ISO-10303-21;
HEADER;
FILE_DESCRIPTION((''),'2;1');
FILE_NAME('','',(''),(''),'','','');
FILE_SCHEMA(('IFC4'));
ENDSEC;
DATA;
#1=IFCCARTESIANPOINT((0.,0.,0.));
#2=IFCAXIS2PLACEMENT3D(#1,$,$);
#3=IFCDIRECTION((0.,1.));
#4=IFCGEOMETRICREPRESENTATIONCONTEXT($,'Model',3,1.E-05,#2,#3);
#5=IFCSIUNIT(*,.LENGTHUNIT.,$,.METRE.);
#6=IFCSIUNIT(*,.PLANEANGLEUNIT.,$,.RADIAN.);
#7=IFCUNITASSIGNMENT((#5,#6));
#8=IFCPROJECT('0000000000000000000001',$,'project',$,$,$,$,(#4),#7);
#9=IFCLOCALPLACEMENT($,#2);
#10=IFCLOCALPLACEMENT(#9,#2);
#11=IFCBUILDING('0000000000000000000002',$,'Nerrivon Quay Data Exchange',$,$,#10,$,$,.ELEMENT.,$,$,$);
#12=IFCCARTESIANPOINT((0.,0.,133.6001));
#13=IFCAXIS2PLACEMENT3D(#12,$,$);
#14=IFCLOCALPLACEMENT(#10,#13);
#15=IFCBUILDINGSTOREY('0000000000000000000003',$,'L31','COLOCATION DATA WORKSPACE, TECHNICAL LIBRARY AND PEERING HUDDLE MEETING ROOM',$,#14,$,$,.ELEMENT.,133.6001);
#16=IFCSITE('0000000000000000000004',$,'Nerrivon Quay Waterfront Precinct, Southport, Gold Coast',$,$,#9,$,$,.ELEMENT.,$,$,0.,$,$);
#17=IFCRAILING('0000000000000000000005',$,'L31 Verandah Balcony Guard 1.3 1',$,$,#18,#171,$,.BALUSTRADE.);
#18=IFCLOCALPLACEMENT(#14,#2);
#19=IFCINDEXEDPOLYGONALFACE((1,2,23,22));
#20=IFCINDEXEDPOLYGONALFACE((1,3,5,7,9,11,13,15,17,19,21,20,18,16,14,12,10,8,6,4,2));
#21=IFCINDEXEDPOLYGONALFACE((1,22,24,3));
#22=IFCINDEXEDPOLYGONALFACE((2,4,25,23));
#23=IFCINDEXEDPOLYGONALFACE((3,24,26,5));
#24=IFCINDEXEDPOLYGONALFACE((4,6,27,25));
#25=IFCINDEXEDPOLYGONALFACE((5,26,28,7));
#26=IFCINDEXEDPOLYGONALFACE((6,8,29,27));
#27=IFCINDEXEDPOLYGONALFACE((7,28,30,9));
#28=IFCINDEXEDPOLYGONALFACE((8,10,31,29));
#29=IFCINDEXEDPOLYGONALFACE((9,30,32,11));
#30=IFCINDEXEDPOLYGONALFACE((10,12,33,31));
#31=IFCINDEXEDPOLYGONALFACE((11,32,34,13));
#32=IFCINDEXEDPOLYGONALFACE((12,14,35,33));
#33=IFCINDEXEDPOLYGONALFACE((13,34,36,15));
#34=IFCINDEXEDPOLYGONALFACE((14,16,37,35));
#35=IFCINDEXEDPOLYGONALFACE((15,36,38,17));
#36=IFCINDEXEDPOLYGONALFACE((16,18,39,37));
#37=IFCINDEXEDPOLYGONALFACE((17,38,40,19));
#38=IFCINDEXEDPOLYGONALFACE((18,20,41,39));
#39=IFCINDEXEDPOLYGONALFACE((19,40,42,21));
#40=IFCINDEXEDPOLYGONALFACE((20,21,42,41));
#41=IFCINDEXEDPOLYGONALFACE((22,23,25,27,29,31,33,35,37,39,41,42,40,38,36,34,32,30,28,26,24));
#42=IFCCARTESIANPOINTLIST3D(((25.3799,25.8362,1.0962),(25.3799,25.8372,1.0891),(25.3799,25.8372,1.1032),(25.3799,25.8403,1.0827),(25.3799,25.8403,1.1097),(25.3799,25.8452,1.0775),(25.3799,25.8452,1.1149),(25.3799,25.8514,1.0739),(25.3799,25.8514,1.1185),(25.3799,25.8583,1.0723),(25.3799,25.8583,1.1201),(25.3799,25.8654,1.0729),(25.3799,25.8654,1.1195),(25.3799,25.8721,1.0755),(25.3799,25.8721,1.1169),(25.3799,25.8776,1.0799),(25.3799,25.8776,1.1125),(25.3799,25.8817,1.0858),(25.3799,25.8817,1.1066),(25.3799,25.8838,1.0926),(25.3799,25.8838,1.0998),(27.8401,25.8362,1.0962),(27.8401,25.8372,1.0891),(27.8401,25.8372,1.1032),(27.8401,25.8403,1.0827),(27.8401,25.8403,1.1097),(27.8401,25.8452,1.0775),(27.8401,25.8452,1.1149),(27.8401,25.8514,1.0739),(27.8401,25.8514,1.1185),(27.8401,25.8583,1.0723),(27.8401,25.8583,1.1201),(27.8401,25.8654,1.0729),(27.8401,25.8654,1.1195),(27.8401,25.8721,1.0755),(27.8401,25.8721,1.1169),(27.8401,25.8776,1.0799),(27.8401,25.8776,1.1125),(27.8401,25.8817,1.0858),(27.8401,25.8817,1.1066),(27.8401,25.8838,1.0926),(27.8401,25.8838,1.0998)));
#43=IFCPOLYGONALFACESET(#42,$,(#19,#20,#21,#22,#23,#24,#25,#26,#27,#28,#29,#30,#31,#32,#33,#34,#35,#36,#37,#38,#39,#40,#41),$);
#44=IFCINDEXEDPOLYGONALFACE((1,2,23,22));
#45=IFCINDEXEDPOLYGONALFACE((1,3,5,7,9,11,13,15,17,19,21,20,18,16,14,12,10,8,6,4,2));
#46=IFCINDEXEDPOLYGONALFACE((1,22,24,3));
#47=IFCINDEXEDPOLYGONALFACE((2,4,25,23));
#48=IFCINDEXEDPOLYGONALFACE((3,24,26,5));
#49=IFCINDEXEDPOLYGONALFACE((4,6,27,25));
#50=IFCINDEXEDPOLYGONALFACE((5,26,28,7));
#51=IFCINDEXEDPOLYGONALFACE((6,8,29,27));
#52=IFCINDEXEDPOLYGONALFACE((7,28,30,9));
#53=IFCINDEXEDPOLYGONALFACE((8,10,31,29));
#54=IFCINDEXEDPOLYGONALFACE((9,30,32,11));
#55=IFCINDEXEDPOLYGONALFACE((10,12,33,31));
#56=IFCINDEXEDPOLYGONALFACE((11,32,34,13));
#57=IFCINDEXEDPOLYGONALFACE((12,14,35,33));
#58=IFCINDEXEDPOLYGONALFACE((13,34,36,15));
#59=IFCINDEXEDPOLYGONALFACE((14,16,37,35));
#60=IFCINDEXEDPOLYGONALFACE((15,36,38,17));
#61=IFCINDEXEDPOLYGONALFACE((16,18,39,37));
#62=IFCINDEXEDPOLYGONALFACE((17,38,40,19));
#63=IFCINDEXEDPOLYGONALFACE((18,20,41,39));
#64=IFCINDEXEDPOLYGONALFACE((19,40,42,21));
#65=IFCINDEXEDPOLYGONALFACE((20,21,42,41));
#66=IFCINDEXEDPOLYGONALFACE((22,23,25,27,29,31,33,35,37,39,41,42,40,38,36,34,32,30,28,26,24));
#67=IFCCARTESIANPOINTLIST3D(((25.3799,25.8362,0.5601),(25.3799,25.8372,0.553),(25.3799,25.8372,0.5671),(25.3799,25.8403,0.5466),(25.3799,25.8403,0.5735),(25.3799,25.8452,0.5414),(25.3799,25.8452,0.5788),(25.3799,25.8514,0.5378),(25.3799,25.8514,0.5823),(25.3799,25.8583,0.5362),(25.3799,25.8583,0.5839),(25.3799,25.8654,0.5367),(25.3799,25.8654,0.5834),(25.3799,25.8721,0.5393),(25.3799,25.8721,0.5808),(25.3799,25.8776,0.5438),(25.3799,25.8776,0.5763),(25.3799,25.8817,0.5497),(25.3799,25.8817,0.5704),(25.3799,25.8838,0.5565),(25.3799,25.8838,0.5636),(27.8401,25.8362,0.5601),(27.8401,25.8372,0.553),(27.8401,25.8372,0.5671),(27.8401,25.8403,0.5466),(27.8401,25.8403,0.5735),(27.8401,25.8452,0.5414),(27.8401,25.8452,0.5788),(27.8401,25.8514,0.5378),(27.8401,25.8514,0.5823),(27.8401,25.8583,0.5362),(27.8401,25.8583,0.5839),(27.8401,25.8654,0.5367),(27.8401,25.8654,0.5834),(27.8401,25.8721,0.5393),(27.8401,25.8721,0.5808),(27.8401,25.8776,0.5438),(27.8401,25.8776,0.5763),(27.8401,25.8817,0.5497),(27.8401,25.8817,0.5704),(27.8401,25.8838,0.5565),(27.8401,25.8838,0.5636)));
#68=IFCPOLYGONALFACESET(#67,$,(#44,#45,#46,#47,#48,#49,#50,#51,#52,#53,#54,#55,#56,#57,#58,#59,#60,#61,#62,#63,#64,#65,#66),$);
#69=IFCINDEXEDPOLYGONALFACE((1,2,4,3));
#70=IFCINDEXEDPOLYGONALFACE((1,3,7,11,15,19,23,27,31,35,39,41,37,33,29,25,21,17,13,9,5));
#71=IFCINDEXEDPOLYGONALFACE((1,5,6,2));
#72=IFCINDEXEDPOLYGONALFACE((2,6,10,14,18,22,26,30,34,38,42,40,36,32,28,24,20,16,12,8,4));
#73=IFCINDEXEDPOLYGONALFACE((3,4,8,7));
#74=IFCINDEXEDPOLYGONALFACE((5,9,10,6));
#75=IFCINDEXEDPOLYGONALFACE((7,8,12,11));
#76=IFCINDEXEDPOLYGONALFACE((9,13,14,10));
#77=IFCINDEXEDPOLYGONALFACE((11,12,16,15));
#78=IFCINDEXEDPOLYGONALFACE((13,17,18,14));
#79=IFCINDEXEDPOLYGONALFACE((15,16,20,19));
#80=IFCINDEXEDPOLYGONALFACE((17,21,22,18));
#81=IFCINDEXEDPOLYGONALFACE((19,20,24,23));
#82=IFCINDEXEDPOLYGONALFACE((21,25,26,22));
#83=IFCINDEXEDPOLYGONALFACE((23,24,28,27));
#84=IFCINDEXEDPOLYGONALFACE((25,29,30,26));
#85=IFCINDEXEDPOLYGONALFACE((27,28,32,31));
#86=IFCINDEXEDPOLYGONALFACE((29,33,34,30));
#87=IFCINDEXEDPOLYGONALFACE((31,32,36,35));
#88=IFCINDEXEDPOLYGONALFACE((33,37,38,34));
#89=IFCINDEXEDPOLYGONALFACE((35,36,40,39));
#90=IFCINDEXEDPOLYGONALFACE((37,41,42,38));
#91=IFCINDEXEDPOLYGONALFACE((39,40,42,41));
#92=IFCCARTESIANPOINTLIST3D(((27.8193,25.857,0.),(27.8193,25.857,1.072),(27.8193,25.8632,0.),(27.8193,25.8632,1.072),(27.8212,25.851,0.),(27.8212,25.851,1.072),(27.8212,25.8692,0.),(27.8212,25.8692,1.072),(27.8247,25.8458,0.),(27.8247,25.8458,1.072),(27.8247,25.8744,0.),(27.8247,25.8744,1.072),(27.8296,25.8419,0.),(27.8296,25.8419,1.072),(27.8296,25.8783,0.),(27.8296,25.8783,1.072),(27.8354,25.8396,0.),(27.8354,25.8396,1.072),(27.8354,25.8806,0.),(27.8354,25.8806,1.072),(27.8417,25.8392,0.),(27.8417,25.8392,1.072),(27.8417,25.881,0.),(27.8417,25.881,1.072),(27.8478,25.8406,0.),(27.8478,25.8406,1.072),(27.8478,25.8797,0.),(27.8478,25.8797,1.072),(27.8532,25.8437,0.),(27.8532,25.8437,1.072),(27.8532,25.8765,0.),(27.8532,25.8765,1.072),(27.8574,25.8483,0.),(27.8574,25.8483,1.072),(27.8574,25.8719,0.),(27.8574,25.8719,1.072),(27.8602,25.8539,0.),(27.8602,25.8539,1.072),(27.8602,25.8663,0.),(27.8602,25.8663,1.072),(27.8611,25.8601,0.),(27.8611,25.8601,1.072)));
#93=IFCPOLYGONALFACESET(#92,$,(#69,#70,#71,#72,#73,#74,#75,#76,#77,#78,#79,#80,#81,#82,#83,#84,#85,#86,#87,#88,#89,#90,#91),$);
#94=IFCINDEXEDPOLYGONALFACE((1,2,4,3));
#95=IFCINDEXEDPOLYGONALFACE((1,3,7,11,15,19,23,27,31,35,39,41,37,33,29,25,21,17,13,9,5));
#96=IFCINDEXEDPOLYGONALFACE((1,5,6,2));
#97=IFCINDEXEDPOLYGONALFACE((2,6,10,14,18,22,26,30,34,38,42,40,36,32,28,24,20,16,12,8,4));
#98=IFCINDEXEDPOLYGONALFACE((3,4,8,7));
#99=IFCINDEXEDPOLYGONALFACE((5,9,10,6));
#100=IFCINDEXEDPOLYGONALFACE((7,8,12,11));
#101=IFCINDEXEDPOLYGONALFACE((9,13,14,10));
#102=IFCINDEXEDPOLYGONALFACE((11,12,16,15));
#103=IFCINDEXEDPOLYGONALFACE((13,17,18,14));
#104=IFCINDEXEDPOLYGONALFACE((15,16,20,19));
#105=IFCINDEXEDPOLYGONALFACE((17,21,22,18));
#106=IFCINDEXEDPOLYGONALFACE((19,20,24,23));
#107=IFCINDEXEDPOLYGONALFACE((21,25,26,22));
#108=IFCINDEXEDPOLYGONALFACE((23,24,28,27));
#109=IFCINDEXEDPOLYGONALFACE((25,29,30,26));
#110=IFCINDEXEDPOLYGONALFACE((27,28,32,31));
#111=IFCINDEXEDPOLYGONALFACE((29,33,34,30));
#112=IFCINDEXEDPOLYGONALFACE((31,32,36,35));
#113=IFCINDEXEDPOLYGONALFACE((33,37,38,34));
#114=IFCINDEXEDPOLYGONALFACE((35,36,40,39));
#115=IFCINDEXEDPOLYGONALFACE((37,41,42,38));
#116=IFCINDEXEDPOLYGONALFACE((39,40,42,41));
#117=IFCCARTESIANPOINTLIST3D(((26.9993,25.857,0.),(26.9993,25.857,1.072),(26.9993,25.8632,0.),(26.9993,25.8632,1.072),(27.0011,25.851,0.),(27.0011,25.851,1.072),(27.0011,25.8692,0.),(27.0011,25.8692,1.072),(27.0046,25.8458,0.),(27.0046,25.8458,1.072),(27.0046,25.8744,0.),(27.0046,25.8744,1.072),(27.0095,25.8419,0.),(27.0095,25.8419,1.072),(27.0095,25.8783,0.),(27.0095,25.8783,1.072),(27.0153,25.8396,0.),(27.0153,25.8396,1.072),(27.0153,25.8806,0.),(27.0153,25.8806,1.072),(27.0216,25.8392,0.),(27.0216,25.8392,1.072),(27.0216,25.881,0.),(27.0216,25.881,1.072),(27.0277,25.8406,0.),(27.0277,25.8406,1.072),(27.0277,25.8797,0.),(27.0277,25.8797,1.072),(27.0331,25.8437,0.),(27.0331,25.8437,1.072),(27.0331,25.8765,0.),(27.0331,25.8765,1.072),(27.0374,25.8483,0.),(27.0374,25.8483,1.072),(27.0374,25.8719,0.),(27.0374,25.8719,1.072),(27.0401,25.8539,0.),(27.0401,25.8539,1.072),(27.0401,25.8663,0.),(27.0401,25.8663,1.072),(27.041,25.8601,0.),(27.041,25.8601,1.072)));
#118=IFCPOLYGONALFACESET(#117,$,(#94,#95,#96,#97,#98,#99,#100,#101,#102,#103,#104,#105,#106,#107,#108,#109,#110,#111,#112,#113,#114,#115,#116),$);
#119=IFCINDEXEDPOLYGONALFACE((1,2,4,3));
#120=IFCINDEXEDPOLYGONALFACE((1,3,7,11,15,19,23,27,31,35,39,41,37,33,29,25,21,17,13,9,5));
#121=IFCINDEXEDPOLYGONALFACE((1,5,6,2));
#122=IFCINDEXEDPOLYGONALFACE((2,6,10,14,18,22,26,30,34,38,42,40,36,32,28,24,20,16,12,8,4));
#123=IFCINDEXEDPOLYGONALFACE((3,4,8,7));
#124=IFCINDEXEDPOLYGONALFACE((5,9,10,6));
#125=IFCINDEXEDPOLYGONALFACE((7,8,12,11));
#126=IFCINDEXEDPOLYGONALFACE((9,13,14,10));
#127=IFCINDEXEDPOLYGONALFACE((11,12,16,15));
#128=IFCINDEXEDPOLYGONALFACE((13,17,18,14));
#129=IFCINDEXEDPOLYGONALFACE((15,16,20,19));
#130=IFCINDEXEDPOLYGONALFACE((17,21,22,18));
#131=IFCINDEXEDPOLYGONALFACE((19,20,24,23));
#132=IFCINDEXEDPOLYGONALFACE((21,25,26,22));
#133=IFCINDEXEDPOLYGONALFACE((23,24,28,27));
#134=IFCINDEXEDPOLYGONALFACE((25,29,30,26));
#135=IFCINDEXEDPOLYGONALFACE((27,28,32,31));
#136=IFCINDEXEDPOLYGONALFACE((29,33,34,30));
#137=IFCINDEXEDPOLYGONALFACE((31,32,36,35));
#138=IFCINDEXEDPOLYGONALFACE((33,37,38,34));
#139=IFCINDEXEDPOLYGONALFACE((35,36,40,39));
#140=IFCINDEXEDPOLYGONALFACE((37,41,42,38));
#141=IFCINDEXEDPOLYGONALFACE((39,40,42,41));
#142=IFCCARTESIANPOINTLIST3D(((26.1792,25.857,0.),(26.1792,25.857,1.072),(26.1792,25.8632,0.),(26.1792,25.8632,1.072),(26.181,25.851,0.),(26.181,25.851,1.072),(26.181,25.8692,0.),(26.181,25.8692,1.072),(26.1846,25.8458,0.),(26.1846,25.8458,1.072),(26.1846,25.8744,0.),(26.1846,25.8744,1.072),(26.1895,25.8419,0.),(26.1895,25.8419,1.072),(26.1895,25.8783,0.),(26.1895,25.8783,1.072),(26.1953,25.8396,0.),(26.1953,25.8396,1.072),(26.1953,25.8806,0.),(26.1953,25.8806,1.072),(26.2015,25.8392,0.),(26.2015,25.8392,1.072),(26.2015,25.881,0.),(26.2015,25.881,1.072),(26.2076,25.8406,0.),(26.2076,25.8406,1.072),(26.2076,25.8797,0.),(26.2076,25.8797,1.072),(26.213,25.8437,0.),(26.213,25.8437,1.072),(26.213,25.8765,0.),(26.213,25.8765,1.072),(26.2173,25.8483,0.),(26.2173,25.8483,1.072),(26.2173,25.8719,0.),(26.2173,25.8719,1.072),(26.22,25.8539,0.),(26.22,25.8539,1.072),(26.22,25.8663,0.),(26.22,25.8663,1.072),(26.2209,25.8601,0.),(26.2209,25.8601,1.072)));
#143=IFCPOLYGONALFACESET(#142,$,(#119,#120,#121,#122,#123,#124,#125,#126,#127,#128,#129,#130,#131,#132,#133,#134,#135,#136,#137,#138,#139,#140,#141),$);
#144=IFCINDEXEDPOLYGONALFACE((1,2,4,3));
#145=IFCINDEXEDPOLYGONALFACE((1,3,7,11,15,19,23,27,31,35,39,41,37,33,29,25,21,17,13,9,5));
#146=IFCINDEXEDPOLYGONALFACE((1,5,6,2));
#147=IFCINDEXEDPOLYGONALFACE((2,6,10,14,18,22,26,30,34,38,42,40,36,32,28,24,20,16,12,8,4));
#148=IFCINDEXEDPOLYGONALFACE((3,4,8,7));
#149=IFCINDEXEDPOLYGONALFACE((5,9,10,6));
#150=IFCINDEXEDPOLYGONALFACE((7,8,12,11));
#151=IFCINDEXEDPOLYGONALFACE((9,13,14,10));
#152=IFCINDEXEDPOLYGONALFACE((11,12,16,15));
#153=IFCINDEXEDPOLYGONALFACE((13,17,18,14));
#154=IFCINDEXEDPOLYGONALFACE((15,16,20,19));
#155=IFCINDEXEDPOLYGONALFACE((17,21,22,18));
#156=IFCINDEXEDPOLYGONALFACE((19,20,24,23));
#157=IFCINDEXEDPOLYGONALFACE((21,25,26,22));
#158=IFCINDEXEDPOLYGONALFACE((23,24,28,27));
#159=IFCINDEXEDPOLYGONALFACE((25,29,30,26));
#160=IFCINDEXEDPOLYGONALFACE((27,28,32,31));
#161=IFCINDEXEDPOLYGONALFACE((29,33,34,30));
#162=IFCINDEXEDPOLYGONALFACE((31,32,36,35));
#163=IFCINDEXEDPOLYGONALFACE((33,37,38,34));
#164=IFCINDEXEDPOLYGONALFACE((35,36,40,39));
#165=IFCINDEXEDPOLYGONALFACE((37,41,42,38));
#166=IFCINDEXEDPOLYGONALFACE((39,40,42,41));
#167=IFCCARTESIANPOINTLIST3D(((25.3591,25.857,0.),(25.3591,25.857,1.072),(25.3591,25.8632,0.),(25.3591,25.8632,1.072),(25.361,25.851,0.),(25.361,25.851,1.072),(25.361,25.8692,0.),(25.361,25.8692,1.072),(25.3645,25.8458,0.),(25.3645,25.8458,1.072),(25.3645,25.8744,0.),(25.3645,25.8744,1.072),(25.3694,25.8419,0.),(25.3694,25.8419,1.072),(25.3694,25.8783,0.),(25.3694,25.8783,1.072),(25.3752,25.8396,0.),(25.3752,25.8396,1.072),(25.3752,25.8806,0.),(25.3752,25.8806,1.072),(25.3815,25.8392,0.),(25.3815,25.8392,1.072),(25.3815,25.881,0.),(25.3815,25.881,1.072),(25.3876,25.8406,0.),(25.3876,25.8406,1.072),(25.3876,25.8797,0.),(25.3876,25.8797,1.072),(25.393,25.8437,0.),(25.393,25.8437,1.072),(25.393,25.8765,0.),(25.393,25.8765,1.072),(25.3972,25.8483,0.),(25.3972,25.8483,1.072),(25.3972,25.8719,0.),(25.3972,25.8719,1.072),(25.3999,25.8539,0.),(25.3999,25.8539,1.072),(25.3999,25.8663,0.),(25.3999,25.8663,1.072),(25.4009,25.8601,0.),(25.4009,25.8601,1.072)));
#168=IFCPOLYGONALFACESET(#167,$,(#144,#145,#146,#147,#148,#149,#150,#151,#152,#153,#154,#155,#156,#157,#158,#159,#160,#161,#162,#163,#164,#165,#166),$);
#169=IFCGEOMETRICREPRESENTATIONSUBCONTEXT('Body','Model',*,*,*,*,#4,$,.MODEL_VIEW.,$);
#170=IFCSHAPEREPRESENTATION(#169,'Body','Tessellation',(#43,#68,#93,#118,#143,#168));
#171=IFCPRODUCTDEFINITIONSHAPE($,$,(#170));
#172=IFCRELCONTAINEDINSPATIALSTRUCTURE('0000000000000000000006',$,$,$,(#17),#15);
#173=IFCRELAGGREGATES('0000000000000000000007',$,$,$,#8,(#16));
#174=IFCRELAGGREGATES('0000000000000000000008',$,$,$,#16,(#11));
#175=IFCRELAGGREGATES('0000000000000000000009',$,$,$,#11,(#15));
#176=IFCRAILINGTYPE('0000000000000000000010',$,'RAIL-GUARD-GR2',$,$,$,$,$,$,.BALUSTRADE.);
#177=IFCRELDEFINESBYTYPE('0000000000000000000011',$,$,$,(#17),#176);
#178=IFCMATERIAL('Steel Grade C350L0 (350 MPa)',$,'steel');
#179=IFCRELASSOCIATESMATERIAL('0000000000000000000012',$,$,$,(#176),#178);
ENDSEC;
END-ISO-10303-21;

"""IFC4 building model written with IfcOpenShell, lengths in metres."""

from ifc_helpers import new_model, si_unit, direction, frame, origin, origin_2d, place, context, subcontext, project, spatial, circle, extrude, material, type_object, element, save


model = new_model("IFC4")

# Units and contexts
model_context = context("Model", 3, precision=1e-05, world=origin(), true_north=direction((0.0, 1.0)))
body_context = subcontext(model_context, "Body", "Model", "MODEL_VIEW")
ifc_project = project(units=[si_unit("LENGTHUNIT", "METRE"), si_unit("PLANEANGLEUNIT", "RADIAN")], contexts=[model_context])

# Site, building, storey
site_placement = place(None, origin())
site = spatial("IfcSite", under=ifc_project, at=site_placement, Name="Nerrivon Quay Waterfront Precinct, Southport, Gold Coast", CompositionType="ELEMENT", RefElevation=0.0)
building_placement = place(site_placement, origin())
building = spatial("IfcBuilding", under=site, at=building_placement, Name="Nerrivon Quay Data Exchange", CompositionType="ELEMENT")
storey_placement = place(building_placement, frame((0.0, 0.0, 133.6001)))
storey = spatial("IfcBuildingStorey", under=building, at=storey_placement, Name="L31", Description="COLOCATION DATA WORKSPACE, TECHNICAL LIBRARY AND PEERING HUDDLE MEETING ROOM", CompositionType="ELEMENT", Elevation=133.6001)

# Railing
ifc_material_1 = material(Name="Steel Grade C350L0 (350 MPa)", Category="steel")
railing_type = type_object("IfcRailingType", Name="RAIL-GUARD-GR2", PredefinedType="BALUSTRADE", material=ifc_material_1)
railing_1_placement = place(storey_placement, frame((27.8401, 25.8601, 0.0)))
element("IfcRailing", 1, at=railing_1_placement, inside=storey, type_object=railing_type, Name="L31 Verandah Balcony Guard 1.3 1", PredefinedType="BALUSTRADE", context=body_context, shape_type="SweptSolid", body=[
    extrude(circle(Radius=0.0239, at=origin_2d()), frame((0.0, 0.0, 1.0962), z_axis=(-1.0, 0.0, 0.0), x_axis=(0.0, -1.0, 0.0)), (0.0, 0.0, 1.0), 2.4602),
    extrude(circle(Radius=0.0239, at=origin_2d()), frame((0.0, 0.0, 0.5601), z_axis=(-1.0, 0.0, 0.0), x_axis=(0.0, -1.0, 0.0)), (0.0, 0.0, 1.0), 2.4602),
    extrude(circle(Radius=0.021, at=origin_2d()), origin(), (0.0, 0.0, 1.0), 1.072),
    extrude(circle(Radius=0.021, at=origin_2d()), frame((-0.8201, 0.0, 0.0)), (0.0, 0.0, 1.0), 1.072),
    extrude(circle(Radius=0.021, at=origin_2d()), frame((-1.6401, 0.0, 0.0)), (0.0, 0.0, 1.0), 1.072),
    extrude(circle(Radius=0.021, at=origin_2d()), frame((-2.4602, 0.0, 0.0)), (0.0, 0.0, 1.0), 1.072),
])

save(model, "model.ifc")
